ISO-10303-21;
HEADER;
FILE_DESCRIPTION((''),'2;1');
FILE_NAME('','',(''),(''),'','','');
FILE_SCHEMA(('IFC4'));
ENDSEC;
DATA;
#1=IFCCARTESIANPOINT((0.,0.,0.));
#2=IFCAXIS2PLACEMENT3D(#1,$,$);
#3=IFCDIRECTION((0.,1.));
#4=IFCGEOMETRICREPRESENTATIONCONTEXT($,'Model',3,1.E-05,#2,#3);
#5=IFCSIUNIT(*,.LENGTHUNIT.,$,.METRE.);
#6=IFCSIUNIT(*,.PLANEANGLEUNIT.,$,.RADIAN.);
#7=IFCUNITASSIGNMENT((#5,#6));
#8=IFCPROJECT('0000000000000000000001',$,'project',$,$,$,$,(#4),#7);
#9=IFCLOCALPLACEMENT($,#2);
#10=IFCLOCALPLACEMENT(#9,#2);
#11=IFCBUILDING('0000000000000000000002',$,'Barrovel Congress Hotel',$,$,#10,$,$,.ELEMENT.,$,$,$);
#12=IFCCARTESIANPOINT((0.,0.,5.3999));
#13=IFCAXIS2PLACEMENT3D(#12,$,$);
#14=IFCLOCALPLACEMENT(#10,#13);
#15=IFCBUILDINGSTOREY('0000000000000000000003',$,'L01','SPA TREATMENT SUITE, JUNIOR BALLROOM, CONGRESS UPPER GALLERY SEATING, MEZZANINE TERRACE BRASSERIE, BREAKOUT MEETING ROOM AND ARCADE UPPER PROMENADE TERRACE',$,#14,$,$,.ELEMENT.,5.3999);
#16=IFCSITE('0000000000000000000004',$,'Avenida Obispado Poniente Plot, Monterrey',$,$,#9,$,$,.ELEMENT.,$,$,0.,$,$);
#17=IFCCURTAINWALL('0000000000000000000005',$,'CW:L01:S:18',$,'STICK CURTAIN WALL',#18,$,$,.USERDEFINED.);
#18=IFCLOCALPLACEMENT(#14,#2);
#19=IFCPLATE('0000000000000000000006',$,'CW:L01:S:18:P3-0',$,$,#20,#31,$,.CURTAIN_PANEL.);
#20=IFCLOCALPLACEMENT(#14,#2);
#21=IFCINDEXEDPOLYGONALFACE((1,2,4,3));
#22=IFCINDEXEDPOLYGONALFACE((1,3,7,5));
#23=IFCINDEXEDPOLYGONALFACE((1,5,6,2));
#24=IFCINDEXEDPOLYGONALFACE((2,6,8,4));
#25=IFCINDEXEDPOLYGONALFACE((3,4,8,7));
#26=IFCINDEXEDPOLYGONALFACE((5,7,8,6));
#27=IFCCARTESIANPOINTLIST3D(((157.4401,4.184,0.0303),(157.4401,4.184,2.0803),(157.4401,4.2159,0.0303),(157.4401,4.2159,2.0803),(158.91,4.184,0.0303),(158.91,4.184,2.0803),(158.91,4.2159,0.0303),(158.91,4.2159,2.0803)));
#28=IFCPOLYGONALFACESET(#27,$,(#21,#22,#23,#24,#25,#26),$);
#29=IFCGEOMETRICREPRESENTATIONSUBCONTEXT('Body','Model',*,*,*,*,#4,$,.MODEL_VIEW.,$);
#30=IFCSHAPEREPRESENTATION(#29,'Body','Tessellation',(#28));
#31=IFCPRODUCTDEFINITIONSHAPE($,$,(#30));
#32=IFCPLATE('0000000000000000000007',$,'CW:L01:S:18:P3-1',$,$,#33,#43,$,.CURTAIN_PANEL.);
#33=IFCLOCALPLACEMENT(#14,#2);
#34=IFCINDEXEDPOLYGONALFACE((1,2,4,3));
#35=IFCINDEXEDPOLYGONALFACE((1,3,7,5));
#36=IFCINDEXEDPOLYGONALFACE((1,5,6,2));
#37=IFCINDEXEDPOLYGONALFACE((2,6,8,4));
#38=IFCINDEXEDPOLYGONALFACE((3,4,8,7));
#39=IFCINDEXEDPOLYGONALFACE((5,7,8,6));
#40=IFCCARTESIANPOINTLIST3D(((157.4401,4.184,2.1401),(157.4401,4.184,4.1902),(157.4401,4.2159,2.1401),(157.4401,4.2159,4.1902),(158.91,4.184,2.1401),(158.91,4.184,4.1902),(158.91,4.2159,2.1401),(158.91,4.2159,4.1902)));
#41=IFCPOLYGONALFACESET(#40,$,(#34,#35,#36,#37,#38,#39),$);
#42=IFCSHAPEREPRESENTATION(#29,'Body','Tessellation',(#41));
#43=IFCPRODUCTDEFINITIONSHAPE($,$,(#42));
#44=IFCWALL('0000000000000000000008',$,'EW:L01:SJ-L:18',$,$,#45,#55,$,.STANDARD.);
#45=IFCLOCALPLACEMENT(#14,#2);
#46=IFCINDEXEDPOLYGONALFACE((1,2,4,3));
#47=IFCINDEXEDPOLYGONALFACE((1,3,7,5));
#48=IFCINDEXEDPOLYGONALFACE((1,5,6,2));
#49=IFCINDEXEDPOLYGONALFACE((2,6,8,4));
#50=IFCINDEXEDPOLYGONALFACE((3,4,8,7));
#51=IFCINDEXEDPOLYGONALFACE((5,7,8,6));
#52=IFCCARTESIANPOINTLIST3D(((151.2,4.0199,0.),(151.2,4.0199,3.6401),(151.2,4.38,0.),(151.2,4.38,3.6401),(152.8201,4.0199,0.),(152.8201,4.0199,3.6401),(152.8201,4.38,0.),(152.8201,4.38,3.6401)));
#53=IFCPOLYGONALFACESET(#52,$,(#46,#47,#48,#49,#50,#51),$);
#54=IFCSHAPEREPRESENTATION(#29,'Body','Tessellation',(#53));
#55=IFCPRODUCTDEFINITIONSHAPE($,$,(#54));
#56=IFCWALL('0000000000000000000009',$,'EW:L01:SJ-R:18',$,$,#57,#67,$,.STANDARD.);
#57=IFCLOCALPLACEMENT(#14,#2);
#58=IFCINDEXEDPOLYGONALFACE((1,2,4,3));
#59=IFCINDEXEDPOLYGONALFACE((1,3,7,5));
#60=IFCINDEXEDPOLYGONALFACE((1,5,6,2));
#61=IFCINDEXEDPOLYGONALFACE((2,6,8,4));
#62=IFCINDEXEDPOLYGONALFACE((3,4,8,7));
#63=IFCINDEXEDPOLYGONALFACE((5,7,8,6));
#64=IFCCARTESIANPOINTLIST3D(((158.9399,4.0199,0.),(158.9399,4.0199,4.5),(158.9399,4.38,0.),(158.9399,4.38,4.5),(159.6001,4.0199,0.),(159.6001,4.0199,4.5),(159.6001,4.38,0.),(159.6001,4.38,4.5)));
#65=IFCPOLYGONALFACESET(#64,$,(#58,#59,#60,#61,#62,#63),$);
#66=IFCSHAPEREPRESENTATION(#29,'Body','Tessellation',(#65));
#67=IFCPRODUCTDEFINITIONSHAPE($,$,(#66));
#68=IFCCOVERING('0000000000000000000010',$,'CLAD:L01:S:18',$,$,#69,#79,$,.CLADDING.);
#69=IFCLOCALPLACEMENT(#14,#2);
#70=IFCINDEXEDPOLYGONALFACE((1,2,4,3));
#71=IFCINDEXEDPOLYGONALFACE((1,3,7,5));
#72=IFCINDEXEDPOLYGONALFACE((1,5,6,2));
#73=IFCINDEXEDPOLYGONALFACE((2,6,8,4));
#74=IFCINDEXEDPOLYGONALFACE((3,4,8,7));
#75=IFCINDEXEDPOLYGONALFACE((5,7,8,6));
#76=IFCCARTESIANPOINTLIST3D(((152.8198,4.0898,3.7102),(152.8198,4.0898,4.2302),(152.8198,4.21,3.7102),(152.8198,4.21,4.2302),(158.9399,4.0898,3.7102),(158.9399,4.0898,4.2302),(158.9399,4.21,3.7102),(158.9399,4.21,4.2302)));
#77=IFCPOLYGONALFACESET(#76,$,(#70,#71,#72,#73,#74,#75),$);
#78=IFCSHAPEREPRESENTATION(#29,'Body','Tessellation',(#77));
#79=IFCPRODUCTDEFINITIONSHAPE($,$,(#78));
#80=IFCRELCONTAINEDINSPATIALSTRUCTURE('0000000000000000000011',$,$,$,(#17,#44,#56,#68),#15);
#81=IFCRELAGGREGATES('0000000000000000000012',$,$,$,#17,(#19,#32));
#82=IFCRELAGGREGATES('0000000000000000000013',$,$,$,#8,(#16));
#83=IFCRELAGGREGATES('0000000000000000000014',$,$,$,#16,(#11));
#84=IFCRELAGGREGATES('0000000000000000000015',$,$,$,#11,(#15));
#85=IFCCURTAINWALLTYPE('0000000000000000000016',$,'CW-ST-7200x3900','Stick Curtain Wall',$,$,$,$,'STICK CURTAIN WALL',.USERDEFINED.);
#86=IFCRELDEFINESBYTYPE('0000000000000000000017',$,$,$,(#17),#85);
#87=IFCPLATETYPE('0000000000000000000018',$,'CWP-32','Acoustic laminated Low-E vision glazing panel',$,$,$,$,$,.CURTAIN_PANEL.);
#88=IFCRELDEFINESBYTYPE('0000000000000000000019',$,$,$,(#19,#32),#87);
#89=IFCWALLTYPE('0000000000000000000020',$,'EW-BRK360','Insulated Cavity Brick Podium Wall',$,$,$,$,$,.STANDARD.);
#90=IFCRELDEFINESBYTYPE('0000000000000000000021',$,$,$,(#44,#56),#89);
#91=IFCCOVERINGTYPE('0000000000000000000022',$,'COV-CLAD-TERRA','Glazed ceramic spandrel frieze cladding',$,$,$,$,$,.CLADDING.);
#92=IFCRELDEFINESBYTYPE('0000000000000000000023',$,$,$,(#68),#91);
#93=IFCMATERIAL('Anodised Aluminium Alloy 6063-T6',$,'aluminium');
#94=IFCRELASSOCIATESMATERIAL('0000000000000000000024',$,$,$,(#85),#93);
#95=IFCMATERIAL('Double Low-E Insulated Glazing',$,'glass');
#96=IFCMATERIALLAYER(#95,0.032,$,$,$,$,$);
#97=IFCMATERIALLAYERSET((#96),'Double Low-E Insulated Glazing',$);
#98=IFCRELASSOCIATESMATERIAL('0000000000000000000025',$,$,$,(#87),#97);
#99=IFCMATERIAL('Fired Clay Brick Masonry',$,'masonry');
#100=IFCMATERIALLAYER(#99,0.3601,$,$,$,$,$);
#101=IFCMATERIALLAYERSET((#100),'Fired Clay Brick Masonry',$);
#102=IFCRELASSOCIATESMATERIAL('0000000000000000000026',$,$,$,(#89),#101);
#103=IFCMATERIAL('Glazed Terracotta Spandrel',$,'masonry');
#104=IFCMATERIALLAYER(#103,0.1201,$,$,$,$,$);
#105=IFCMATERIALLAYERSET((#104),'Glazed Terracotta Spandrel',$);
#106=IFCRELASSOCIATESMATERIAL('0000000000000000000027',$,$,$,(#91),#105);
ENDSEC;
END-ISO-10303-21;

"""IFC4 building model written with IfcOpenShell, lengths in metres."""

from ifc_helpers import new_model, si_unit, direction, frame, frame_2d, origin, origin_2d, place, context, subcontext, project, spatial, rectangle, extrude, material, layer, layer_set, type_object, element, aggregate, save


model = new_model("IFC4")

# Units and contexts
model_context = context("Model", 3, precision=1e-05, world=origin(), true_north=direction((0.0, 1.0)))
body_context = subcontext(model_context, "Body", "Model", "MODEL_VIEW")
ifc_project = project(units=[si_unit("LENGTHUNIT", "METRE"), si_unit("PLANEANGLEUNIT", "RADIAN")], contexts=[model_context])

# Site, building, storey
site_placement = place(None, origin())
site = spatial("IfcSite", under=ifc_project, at=site_placement, Name="Avenida Obispado Poniente Plot, Monterrey", CompositionType="ELEMENT", RefElevation=0.0)
building_placement = place(site_placement, origin())
building = spatial("IfcBuilding", under=site, at=building_placement, Name="Barrovel Congress Hotel", CompositionType="ELEMENT")
storey_placement = place(building_placement, frame((0.0, 0.0, 5.3999)))
storey = spatial("IfcBuildingStorey", under=building, at=storey_placement, Name="L01", Description="SPA TREATMENT SUITE, JUNIOR BALLROOM, CONGRESS UPPER GALLERY SEATING, MEZZANINE TERRACE BRASSERIE, BREAKOUT MEETING ROOM AND ARCADE UPPER PROMENADE TERRACE", CompositionType="ELEMENT", Elevation=5.3999)

# Curtain wall
ifc_material_1 = material(Name="Anodised Aluminium Alloy 6063-T6", Category="aluminium")
curtain_wall_type = type_object("IfcCurtainWallType", Name="CW-ST-7200x3900", Description="Stick Curtain Wall", ElementType="STICK CURTAIN WALL", PredefinedType="USERDEFINED", material=ifc_material_1)
curtain_wall_placement = place(storey_placement, origin())
curtain_wall = element("IfcCurtainWall", 1, at=curtain_wall_placement, inside=storey, type_object=curtain_wall_type, Name="CW:L01:S:18", ObjectType="STICK CURTAIN WALL", PredefinedType="USERDEFINED")

# Plates
ifc_material_2 = material(Name="Double Low-E Insulated Glazing", Category="glass")
ifc_layer_1 = layer(ifc_material_2, 0.032)
ifc_layer_set_1 = layer_set([ifc_layer_1], Name="Double Low-E Insulated Glazing")
plate_type = type_object("IfcPlateType", Name="CWP-32", Description="Acoustic laminated Low-E vision glazing panel", PredefinedType="CURTAIN_PANEL", material=ifc_layer_set_1)
plate_1_placement = place(storey_placement, frame((158.175, 4.2, 0.0303), z_axis=(0.0, 0.0, 1.0), x_axis=(1.0, 0.0, 0.0)))
plate_1 = element("IfcPlate", 2, at=plate_1_placement, type_object=plate_type, Name="CW:L01:S:18:P3-0", PredefinedType="CURTAIN_PANEL", context=body_context, shape_type="SweptSolid", body=[
    extrude(rectangle(XDim=1.47, YDim=0.032, at=origin_2d()), origin(), (0.0, 0.0, 1.0), 2.05),
])
plate_2_placement = place(storey_placement, frame((158.175, 4.2, 2.1401), z_axis=(0.0, 0.0, 1.0), x_axis=(1.0, 0.0, 0.0)))
plate_2 = element("IfcPlate", 3, at=plate_2_placement, type_object=plate_type, Name="CW:L01:S:18:P3-1", PredefinedType="CURTAIN_PANEL", context=body_context, shape_type="SweptSolid", body=[
    extrude(rectangle(XDim=1.47, YDim=0.032, at=origin_2d()), origin(), (0.0, 0.0, 1.0), 2.05),
])
aggregate(curtain_wall, [plate_1, plate_2])

# Walls
ifc_material_3 = material(Name="Fired Clay Brick Masonry", Category="masonry")
ifc_layer_2 = layer(ifc_material_3, 0.3601)
ifc_layer_set_2 = layer_set([ifc_layer_2], Name="Fired Clay Brick Masonry")
wall_type = type_object("IfcWallType", Name="EW-BRK360", Description="Insulated Cavity Brick Podium Wall", PredefinedType="STANDARD", material=ifc_layer_set_2)
wall_1_placement = place(storey_placement, frame((151.2, 4.2, 0.0), z_axis=(0.0, 0.0, 1.0), x_axis=(1.0, 0.0, 0.0)))
element("IfcWall", 4, at=wall_1_placement, inside=storey, type_object=wall_type, Name="EW:L01:SJ-L:18", PredefinedType="STANDARD", context=body_context, shape_type="SweptSolid", body=[
    extrude(rectangle(XDim=1.6201, YDim=0.3601, at=frame_2d((0.8101, 0.0))), origin(), (0.0, 0.0, 1.0), 3.6401),
])
wall_2_placement = place(storey_placement, frame((158.9399, 4.2, 0.0), z_axis=(0.0, 0.0, 1.0), x_axis=(1.0, 0.0, 0.0)))
element("IfcWall", 5, at=wall_2_placement, inside=storey, type_object=wall_type, Name="EW:L01:SJ-R:18", PredefinedType="STANDARD", context=body_context, shape_type="SweptSolid", body=[
    extrude(rectangle(XDim=0.6602, YDim=0.3601, at=frame_2d((0.3301, 0.0))), origin(), (0.0, 0.0, 1.0), 4.5),
])

# Covering
ifc_material_4 = material(Name="Glazed Terracotta Spandrel", Category="masonry")
ifc_layer_3 = layer(ifc_material_4, 0.1201)
ifc_layer_set_3 = layer_set([ifc_layer_3], Name="Glazed Terracotta Spandrel")
covering_type = type_object("IfcCoveringType", Name="COV-CLAD-TERRA", Description="Glazed ceramic spandrel frieze cladding", PredefinedType="CLADDING", material=ifc_layer_set_3)
covering_placement = place(storey_placement, frame((155.8799, 4.1499, 3.7102), z_axis=(0.0, 0.0, 1.0), x_axis=(1.0, 0.0, 0.0)))
element("IfcCovering", 6, at=covering_placement, inside=storey, type_object=covering_type, Name="CLAD:L01:S:18", PredefinedType="CLADDING", context=body_context, shape_type="SweptSolid", body=[
    extrude(rectangle(XDim=6.1201, YDim=0.1201, at=origin_2d()), origin(), (0.0, 0.0, 1.0), 0.52),
])

save(model, "model.ifc")
